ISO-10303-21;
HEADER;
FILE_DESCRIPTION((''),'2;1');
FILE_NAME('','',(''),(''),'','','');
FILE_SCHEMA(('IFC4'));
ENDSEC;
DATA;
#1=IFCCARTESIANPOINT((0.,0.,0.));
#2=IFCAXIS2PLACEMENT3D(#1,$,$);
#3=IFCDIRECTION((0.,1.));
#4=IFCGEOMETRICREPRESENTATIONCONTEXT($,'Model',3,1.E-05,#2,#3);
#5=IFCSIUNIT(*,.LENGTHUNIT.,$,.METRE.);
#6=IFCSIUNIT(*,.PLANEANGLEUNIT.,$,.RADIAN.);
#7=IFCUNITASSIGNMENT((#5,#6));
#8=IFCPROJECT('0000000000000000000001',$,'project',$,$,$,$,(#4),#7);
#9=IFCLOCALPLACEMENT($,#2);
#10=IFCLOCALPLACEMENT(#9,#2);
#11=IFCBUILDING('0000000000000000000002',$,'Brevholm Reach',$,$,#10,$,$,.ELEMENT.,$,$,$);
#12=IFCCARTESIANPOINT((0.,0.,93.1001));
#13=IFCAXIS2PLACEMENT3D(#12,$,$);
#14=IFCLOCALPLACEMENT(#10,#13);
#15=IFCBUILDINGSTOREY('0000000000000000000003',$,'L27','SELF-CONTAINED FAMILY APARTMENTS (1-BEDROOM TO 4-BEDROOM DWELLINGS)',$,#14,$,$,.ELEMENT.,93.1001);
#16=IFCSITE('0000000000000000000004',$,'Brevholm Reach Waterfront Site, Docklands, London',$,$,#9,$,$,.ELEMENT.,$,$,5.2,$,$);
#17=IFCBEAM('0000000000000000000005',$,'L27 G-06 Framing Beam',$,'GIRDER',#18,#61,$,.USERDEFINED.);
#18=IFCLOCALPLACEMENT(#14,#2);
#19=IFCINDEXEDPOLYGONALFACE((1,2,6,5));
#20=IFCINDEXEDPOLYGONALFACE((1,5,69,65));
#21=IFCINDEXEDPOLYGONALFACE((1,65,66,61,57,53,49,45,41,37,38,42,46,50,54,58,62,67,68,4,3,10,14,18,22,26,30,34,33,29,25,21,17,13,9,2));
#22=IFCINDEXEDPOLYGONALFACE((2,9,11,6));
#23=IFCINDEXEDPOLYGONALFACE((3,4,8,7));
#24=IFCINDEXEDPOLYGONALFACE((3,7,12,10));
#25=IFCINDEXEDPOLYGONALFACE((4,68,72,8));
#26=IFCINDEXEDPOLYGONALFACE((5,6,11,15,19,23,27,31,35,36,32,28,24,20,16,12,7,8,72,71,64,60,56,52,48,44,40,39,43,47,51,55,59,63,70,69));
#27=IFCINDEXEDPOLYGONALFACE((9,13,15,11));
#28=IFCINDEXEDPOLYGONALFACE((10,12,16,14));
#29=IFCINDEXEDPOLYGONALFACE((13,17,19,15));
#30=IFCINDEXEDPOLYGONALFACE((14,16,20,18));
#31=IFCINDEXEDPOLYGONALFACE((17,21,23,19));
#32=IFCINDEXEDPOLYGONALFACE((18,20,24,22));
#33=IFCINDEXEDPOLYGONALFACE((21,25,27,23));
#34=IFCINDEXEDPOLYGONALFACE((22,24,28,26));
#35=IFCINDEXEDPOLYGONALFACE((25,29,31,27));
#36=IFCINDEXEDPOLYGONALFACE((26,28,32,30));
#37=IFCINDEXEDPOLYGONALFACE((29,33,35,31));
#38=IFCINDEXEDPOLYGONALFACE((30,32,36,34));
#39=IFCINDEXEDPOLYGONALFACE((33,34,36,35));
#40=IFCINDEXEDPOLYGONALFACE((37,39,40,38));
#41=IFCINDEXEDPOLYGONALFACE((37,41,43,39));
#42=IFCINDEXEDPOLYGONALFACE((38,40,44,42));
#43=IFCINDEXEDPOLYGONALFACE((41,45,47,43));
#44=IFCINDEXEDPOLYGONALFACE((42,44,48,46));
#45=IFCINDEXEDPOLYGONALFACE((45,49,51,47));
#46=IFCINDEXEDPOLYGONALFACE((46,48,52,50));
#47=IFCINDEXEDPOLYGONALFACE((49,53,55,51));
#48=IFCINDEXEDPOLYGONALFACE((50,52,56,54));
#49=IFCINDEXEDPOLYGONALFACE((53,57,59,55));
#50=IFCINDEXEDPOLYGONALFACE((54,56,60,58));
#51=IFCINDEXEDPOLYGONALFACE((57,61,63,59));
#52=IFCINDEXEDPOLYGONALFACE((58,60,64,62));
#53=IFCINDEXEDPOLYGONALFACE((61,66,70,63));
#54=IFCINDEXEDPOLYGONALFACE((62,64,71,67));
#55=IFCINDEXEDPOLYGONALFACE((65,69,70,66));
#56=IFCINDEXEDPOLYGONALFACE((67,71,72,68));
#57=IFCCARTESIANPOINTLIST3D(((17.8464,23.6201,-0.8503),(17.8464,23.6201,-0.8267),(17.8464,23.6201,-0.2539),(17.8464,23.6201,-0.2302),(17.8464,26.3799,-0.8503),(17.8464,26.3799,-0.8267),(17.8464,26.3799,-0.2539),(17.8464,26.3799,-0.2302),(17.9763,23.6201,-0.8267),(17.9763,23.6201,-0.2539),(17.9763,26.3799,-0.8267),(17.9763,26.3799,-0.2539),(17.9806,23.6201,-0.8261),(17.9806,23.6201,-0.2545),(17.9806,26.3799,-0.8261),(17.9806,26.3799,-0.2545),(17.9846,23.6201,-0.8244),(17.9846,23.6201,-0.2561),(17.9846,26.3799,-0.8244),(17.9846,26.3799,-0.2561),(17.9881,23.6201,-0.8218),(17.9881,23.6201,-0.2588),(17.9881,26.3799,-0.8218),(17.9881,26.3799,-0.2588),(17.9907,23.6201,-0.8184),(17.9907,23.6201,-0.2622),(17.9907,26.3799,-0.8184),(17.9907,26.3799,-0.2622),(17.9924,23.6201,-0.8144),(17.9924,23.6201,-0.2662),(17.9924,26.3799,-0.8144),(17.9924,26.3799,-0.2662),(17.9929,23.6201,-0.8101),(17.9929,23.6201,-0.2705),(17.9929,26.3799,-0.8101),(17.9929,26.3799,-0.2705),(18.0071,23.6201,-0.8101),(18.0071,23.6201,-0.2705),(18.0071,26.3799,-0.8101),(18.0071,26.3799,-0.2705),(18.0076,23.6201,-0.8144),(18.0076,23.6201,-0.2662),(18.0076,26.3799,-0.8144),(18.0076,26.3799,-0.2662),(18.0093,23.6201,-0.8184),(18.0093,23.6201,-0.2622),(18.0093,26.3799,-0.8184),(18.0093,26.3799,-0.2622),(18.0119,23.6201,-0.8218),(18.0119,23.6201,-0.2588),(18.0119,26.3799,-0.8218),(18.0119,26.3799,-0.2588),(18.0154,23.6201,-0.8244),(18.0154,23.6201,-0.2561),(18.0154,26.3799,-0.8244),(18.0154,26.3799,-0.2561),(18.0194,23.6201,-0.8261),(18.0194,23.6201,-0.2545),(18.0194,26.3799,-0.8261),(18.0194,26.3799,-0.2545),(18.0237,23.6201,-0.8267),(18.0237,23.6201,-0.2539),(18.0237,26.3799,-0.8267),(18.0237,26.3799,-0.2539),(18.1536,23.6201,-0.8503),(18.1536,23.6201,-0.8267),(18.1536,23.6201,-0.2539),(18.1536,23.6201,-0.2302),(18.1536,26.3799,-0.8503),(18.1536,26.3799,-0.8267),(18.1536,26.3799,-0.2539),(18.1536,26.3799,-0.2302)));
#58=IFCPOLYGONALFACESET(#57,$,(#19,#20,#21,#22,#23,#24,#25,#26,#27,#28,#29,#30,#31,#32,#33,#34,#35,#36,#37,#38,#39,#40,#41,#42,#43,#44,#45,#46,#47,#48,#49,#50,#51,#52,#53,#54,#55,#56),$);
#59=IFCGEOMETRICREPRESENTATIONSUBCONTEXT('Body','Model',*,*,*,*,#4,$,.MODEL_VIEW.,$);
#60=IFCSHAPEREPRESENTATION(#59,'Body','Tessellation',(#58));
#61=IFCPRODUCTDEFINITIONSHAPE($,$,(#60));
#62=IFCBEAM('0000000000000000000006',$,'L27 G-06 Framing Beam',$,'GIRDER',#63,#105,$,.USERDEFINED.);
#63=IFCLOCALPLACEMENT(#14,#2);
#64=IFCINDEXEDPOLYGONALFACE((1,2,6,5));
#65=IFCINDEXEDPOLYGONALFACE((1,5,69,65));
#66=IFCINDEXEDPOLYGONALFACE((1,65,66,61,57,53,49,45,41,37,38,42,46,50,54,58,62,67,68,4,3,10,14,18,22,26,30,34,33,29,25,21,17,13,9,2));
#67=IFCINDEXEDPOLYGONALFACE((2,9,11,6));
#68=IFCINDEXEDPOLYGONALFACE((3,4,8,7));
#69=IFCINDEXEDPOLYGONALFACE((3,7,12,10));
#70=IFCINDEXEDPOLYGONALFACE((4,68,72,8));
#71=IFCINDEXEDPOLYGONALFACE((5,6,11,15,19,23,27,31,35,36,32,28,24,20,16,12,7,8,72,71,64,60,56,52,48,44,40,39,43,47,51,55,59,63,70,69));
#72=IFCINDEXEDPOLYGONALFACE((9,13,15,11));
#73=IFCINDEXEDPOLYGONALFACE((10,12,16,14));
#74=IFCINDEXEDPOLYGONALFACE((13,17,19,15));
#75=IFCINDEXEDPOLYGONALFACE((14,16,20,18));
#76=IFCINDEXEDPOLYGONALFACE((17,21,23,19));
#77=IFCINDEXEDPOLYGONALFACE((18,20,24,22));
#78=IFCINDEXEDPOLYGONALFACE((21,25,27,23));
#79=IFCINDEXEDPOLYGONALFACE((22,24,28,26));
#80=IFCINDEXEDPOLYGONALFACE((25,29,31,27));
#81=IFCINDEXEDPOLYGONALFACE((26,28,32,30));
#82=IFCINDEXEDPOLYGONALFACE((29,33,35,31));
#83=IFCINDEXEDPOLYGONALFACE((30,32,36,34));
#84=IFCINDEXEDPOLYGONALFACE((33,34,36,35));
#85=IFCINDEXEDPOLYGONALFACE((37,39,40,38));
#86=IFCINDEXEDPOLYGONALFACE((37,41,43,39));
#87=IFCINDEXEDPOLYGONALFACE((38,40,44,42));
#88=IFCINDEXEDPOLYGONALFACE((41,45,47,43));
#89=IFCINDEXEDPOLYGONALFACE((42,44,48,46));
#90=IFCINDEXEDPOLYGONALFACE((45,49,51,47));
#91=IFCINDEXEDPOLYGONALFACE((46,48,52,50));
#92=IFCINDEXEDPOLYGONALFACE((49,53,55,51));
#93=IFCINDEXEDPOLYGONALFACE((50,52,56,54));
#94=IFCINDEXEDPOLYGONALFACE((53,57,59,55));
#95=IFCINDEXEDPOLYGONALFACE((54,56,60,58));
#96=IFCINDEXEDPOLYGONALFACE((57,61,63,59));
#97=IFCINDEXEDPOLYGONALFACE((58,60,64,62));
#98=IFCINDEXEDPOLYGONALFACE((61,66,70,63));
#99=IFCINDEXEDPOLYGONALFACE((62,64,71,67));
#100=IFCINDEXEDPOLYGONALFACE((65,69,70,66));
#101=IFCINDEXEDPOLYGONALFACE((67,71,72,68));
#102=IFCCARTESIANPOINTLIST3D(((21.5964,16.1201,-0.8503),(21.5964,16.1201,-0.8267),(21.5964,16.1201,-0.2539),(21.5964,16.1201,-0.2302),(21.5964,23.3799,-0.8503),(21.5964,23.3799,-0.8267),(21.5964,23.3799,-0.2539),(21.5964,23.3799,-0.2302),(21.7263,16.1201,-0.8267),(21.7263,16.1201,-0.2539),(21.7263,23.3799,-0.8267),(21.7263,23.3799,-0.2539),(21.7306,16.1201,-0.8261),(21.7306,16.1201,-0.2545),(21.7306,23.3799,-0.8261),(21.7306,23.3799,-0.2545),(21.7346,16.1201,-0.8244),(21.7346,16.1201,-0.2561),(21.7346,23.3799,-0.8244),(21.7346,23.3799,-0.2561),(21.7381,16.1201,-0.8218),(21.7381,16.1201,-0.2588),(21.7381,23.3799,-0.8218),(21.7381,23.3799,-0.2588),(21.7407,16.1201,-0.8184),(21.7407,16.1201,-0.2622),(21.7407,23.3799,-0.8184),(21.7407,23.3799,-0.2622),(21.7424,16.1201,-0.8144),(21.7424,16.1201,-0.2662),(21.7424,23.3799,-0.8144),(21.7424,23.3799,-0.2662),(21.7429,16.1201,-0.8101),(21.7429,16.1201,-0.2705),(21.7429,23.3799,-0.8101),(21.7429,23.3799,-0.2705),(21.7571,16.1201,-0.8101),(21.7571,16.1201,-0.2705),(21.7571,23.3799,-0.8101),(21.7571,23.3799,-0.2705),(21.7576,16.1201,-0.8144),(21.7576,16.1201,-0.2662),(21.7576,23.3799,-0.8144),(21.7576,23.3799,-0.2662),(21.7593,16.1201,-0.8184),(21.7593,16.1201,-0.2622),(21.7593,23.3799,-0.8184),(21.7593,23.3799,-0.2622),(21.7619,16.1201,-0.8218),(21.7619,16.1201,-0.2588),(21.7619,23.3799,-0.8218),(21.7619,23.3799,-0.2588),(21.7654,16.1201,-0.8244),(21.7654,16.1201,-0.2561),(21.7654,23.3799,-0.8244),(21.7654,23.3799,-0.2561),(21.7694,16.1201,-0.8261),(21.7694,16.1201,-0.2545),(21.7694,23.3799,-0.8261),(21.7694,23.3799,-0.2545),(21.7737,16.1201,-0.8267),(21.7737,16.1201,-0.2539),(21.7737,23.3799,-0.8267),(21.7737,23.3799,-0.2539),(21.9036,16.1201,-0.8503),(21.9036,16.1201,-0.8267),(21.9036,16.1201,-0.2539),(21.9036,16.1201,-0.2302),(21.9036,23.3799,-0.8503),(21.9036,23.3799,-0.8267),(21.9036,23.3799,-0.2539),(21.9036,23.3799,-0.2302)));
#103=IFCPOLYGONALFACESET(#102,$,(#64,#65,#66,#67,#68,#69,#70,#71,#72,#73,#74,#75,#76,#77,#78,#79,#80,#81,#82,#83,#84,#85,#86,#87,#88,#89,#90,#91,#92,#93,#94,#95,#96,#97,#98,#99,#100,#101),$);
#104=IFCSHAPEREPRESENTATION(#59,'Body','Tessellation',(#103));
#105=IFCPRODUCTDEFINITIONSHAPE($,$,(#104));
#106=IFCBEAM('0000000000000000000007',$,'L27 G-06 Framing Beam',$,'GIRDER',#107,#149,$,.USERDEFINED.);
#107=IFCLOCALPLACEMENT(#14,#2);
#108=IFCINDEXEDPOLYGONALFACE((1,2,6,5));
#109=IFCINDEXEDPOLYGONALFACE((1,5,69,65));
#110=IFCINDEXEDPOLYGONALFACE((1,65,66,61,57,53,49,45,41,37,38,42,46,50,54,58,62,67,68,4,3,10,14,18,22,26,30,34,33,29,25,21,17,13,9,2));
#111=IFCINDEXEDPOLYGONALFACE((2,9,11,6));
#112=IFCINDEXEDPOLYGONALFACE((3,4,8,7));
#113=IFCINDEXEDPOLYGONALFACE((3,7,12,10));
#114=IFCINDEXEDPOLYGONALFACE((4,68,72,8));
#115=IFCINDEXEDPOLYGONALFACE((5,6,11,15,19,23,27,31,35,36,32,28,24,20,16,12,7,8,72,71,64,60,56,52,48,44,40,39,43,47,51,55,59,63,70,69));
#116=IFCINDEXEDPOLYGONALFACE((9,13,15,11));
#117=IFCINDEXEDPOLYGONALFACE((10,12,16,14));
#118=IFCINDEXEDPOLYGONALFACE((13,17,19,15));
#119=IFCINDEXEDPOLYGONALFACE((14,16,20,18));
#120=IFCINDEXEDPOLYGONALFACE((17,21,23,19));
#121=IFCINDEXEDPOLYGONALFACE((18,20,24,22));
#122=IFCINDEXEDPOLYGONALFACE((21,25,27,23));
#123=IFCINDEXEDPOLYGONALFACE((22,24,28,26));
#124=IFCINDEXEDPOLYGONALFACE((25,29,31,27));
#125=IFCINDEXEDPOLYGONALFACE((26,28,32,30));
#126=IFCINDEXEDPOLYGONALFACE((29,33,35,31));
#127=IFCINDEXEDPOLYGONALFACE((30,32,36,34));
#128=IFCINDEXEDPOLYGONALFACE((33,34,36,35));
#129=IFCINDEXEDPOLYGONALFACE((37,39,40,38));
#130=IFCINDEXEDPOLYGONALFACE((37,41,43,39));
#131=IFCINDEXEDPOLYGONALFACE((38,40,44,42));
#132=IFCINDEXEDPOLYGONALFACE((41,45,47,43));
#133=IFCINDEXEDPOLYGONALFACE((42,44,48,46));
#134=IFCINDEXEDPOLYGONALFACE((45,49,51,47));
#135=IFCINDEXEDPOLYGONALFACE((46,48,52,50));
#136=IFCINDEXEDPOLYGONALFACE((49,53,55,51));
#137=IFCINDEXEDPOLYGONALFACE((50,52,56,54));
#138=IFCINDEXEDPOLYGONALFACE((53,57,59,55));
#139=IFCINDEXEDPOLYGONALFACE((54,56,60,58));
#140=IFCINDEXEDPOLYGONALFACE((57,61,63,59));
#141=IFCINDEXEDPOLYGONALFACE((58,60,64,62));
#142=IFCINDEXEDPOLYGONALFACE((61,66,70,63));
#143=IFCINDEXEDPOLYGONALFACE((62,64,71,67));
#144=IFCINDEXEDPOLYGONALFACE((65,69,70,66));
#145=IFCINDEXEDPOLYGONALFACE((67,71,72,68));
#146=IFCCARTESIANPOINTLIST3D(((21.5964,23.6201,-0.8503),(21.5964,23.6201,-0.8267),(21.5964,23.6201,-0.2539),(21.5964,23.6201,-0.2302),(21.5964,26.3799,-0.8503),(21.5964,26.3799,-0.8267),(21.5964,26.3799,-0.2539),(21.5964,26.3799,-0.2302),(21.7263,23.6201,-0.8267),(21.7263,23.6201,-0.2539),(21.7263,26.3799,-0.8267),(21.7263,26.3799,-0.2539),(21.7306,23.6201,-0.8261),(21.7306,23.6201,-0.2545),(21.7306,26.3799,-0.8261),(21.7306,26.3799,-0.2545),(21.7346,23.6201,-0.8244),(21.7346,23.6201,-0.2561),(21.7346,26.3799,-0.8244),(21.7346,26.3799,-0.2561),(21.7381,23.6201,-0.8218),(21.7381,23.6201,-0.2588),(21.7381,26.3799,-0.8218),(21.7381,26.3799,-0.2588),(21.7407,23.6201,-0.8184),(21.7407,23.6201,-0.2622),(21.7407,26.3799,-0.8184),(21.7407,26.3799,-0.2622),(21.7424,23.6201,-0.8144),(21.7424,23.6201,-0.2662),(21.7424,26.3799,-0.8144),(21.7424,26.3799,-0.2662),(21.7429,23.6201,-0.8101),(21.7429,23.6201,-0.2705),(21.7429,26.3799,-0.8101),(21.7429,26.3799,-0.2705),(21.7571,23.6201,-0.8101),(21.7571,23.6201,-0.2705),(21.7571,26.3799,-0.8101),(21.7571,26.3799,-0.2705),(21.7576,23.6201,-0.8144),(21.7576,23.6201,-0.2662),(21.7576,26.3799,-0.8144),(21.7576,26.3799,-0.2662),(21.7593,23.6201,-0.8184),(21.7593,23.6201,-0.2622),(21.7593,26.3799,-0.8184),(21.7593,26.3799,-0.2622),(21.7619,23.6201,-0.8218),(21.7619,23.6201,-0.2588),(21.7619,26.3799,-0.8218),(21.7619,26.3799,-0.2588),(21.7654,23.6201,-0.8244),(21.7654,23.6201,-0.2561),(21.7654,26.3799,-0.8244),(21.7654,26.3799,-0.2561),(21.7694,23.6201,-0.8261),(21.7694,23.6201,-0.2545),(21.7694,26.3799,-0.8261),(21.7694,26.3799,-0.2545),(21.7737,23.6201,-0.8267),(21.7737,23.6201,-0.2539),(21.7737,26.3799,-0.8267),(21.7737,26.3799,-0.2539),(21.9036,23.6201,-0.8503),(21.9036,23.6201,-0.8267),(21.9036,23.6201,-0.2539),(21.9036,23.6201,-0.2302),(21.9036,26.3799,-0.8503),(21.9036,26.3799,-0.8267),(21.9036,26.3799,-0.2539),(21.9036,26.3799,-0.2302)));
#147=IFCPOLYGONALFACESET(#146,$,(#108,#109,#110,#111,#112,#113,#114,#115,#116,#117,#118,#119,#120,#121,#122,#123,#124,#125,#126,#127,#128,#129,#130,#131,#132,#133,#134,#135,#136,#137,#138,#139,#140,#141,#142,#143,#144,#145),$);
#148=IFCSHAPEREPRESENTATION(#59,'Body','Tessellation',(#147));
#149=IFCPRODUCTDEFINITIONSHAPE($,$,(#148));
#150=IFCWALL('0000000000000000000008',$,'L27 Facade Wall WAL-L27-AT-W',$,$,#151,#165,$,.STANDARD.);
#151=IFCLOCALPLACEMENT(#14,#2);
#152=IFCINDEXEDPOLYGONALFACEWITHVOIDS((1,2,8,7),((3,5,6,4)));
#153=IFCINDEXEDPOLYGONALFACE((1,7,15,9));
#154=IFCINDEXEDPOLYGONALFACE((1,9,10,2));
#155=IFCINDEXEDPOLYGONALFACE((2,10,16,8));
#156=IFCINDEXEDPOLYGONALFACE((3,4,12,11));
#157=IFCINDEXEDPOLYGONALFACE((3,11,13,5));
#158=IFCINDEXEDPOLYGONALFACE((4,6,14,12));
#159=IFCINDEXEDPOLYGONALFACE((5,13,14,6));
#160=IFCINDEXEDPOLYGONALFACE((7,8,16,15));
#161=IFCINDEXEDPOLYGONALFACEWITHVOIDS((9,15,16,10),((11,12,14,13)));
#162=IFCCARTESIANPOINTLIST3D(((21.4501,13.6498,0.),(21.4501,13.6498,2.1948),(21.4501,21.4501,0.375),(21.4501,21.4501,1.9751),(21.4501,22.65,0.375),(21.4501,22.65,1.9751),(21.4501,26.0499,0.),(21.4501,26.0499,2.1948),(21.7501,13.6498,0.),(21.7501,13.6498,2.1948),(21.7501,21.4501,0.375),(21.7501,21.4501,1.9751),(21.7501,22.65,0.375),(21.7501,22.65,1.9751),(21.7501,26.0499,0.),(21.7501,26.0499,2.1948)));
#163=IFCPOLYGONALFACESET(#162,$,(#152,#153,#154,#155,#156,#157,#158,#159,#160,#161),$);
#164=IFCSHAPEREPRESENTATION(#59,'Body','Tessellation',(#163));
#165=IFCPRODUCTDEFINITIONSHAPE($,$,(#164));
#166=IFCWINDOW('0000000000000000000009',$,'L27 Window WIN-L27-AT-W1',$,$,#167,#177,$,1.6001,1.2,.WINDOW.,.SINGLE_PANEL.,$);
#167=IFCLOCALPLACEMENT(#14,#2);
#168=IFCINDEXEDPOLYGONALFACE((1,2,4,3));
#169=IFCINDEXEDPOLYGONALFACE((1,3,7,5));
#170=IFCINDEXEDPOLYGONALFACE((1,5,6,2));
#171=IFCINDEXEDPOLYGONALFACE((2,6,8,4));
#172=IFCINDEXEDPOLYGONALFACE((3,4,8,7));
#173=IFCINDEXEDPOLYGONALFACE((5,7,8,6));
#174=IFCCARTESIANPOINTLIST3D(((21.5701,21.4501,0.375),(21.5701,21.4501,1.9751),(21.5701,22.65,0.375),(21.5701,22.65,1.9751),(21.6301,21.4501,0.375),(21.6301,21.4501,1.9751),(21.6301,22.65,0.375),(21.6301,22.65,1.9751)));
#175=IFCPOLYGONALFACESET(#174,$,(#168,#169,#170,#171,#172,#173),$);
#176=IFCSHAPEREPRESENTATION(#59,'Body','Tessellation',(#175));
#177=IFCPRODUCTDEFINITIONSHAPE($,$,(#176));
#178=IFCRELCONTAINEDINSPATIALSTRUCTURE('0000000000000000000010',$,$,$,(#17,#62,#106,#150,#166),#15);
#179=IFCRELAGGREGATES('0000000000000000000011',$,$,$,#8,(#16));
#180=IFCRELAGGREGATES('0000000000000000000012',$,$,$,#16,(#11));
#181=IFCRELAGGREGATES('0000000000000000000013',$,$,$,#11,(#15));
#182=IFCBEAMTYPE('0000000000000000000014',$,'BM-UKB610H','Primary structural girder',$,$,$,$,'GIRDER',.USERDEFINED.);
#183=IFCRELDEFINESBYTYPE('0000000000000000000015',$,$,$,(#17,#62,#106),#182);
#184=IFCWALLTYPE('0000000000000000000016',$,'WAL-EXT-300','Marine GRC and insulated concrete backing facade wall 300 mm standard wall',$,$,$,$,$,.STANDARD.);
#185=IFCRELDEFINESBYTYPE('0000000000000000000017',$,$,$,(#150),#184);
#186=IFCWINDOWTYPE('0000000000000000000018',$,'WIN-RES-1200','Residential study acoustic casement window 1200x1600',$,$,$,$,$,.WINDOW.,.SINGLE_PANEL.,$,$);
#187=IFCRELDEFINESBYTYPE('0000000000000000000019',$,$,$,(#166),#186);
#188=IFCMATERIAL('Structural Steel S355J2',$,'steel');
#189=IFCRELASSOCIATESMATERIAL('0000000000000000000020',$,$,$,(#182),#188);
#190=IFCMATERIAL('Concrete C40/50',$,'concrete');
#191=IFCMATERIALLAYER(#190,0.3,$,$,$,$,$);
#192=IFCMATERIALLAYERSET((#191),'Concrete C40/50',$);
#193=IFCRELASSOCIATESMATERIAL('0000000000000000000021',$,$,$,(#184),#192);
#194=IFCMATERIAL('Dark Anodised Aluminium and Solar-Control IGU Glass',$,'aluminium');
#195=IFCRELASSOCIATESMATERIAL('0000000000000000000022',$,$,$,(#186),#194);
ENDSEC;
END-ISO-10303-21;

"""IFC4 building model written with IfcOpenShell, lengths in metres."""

from ifc_helpers import new_model, si_unit, direction, frame, frame_2d, origin, origin_2d, place, context, subcontext, project, spatial, rectangle, i_section, extrude, material, layer, layer_set, material_profile, profile_set, type_object, element, fill, save


model = new_model("IFC4")

# Units and contexts
model_context = context("Model", 3, precision=1e-05, world=origin(), true_north=direction((0.0, 1.0)))
body_context = subcontext(model_context, "Body", "Model", "MODEL_VIEW")
ifc_project = project(units=[si_unit("LENGTHUNIT", "METRE"), si_unit("PLANEANGLEUNIT", "RADIAN")], contexts=[model_context])

# Site, building, storey
site_placement = place(None, origin())
site = spatial("IfcSite", under=ifc_project, at=site_placement, Name="Brevholm Reach Waterfront Site, Docklands, London", CompositionType="ELEMENT", RefElevation=5.2)
building_placement = place(site_placement, origin())
building = spatial("IfcBuilding", under=site, at=building_placement, Name="Brevholm Reach", CompositionType="ELEMENT")
storey_placement = place(building_placement, frame((0.0, 0.0, 93.1001)))
storey = spatial("IfcBuildingStorey", under=building, at=storey_placement, Name="L27", Description="SELF-CONTAINED FAMILY APARTMENTS (1-BEDROOM TO 4-BEDROOM DWELLINGS)", CompositionType="ELEMENT", Elevation=93.1001)

# Beams
ifc_material_1 = material(Name="Structural Steel S355J2", Category="steel")
ifc_material_profile_1 = material_profile(ifc_material_1, i_section(OverallWidth=0.3071, OverallDepth=0.6201, WebThickness=0.0142, FlangeThickness=0.0237, FilletRadius=0.0166, at=origin_2d()), Name="UKB 610x305x179")
ifc_profile_set_1 = profile_set([ifc_material_profile_1], Name="Structural Steel S355J2")
beam_type_1 = type_object("IfcBeamType", Name="BM-UKB610H", Description="Primary structural girder", ElementType="GIRDER", PredefinedType="USERDEFINED", material=ifc_profile_set_1)
beam_1_placement = place(storey_placement, frame((18.0, 23.6201, -0.5403), z_axis=(0.0, 1.0, 0.0), x_axis=(-1.0, 0.0, 0.0)))
element("IfcBeam", 1, at=beam_1_placement, inside=storey, type_object=beam_type_1, Name="L27 G-06 Framing Beam", ObjectType="GIRDER", PredefinedType="USERDEFINED", context=body_context, shape_type="SweptSolid", body=[
    extrude(i_section(OverallWidth=0.3071, OverallDepth=0.6201, WebThickness=0.0142, FlangeThickness=0.0237, FilletRadius=0.0166, at=origin_2d()), origin(), (0.0, 0.0, 1.0), 2.7598),
])
beam_2_placement = place(storey_placement, frame((21.75, 16.1201, -0.5403), z_axis=(0.0, 1.0, 0.0), x_axis=(-1.0, 0.0, 0.0)))
element("IfcBeam", 2, at=beam_2_placement, inside=storey, type_object=beam_type_1, Name="L27 G-06 Framing Beam", ObjectType="GIRDER", PredefinedType="USERDEFINED", context=body_context, shape_type="SweptSolid", body=[
    extrude(i_section(OverallWidth=0.3071, OverallDepth=0.6201, WebThickness=0.0142, FlangeThickness=0.0237, FilletRadius=0.0166, at=origin_2d()), origin(), (0.0, 0.0, 1.0), 7.2598),
])
beam_3_placement = place(storey_placement, frame((21.75, 23.6201, -0.5403), z_axis=(0.0, 1.0, 0.0), x_axis=(-1.0, 0.0, 0.0)))
element("IfcBeam", 3, at=beam_3_placement, inside=storey, type_object=beam_type_1, Name="L27 G-06 Framing Beam", ObjectType="GIRDER", PredefinedType="USERDEFINED", context=body_context, shape_type="SweptSolid", body=[
    extrude(i_section(OverallWidth=0.3071, OverallDepth=0.6201, WebThickness=0.0142, FlangeThickness=0.0237, FilletRadius=0.0166, at=origin_2d()), origin(), (0.0, 0.0, 1.0), 2.7598),
])

# Wall, opening, window
ifc_material_2 = material(Name="Concrete C40/50", Category="concrete")
ifc_layer_1 = layer(ifc_material_2, 0.3)
ifc_layer_set_1 = layer_set([ifc_layer_1], Name="Concrete C40/50")
wall_type_1 = type_object("IfcWallType", Name="WAL-EXT-300", Description="Marine GRC and insulated concrete backing facade wall 300 mm standard wall", PredefinedType="STANDARD", material=ifc_layer_set_1)
wall_1_placement = place(storey_placement, frame((21.6001, 26.05, 0.0), z_axis=(0.0, 0.0, 1.0), x_axis=(0.0, -1.0, 0.0)))
wall_1 = element("IfcWall", 4, at=wall_1_placement, inside=storey, type_object=wall_type_1, Name="L27 Facade Wall WAL-L27-AT-W", PredefinedType="STANDARD", context=body_context, shape_type="SweptSolid", body=[
    extrude(rectangle(XDim=12.4001, YDim=0.3, at=frame_2d((6.2002, 0.0))), origin(), (0.0, 0.0, 1.0), 2.1948),
])
opening_1_placement = place(wall_1_placement, frame((3.3999, 0.0, 0.375)))
opening_1 = element("IfcOpeningElement", 5, at=opening_1_placement, cuts=wall_1, PredefinedType="OPENING", context=body_context, shape_type="SweptSolid", body=[
    extrude(rectangle(XDim=1.2, YDim=1.6001, at=frame_2d((0.6001, 0.8))), frame((0.0, 0.1599, 0.0), z_axis=(0.0, -1.0, 0.0), x_axis=(1.0, 0.0, 0.0)), (0.0, 0.0, 1.0), 0.3201),
])
ifc_material_3 = material(Name="Dark Anodised Aluminium and Solar-Control IGU Glass", Category="aluminium")
window_type = type_object("IfcWindowType", Name="WIN-RES-1200", Description="Residential study acoustic casement window 1200x1600", PartitioningType="SINGLE_PANEL", PredefinedType="WINDOW", material=ifc_material_3)
window_placement = place(opening_1_placement, origin())
window = element("IfcWindow", 6, at=window_placement, inside=storey, type_object=window_type, Name="L27 Window WIN-L27-AT-W1", OverallHeight=1.6001, OverallWidth=1.2, PartitioningType="SINGLE_PANEL", PredefinedType="WINDOW", context=body_context, shape_type="SweptSolid", body=[
    extrude(rectangle(XDim=1.2, YDim=1.6001, at=frame_2d((0.6001, 0.8))), frame((0.0, 0.03, 0.0), z_axis=(0.0, -1.0, 0.0), x_axis=(1.0, 0.0, 0.0)), (0.0, 0.0, 1.0), 0.0601),
])
fill(opening_1, window)

save(model, "model.ifc")
